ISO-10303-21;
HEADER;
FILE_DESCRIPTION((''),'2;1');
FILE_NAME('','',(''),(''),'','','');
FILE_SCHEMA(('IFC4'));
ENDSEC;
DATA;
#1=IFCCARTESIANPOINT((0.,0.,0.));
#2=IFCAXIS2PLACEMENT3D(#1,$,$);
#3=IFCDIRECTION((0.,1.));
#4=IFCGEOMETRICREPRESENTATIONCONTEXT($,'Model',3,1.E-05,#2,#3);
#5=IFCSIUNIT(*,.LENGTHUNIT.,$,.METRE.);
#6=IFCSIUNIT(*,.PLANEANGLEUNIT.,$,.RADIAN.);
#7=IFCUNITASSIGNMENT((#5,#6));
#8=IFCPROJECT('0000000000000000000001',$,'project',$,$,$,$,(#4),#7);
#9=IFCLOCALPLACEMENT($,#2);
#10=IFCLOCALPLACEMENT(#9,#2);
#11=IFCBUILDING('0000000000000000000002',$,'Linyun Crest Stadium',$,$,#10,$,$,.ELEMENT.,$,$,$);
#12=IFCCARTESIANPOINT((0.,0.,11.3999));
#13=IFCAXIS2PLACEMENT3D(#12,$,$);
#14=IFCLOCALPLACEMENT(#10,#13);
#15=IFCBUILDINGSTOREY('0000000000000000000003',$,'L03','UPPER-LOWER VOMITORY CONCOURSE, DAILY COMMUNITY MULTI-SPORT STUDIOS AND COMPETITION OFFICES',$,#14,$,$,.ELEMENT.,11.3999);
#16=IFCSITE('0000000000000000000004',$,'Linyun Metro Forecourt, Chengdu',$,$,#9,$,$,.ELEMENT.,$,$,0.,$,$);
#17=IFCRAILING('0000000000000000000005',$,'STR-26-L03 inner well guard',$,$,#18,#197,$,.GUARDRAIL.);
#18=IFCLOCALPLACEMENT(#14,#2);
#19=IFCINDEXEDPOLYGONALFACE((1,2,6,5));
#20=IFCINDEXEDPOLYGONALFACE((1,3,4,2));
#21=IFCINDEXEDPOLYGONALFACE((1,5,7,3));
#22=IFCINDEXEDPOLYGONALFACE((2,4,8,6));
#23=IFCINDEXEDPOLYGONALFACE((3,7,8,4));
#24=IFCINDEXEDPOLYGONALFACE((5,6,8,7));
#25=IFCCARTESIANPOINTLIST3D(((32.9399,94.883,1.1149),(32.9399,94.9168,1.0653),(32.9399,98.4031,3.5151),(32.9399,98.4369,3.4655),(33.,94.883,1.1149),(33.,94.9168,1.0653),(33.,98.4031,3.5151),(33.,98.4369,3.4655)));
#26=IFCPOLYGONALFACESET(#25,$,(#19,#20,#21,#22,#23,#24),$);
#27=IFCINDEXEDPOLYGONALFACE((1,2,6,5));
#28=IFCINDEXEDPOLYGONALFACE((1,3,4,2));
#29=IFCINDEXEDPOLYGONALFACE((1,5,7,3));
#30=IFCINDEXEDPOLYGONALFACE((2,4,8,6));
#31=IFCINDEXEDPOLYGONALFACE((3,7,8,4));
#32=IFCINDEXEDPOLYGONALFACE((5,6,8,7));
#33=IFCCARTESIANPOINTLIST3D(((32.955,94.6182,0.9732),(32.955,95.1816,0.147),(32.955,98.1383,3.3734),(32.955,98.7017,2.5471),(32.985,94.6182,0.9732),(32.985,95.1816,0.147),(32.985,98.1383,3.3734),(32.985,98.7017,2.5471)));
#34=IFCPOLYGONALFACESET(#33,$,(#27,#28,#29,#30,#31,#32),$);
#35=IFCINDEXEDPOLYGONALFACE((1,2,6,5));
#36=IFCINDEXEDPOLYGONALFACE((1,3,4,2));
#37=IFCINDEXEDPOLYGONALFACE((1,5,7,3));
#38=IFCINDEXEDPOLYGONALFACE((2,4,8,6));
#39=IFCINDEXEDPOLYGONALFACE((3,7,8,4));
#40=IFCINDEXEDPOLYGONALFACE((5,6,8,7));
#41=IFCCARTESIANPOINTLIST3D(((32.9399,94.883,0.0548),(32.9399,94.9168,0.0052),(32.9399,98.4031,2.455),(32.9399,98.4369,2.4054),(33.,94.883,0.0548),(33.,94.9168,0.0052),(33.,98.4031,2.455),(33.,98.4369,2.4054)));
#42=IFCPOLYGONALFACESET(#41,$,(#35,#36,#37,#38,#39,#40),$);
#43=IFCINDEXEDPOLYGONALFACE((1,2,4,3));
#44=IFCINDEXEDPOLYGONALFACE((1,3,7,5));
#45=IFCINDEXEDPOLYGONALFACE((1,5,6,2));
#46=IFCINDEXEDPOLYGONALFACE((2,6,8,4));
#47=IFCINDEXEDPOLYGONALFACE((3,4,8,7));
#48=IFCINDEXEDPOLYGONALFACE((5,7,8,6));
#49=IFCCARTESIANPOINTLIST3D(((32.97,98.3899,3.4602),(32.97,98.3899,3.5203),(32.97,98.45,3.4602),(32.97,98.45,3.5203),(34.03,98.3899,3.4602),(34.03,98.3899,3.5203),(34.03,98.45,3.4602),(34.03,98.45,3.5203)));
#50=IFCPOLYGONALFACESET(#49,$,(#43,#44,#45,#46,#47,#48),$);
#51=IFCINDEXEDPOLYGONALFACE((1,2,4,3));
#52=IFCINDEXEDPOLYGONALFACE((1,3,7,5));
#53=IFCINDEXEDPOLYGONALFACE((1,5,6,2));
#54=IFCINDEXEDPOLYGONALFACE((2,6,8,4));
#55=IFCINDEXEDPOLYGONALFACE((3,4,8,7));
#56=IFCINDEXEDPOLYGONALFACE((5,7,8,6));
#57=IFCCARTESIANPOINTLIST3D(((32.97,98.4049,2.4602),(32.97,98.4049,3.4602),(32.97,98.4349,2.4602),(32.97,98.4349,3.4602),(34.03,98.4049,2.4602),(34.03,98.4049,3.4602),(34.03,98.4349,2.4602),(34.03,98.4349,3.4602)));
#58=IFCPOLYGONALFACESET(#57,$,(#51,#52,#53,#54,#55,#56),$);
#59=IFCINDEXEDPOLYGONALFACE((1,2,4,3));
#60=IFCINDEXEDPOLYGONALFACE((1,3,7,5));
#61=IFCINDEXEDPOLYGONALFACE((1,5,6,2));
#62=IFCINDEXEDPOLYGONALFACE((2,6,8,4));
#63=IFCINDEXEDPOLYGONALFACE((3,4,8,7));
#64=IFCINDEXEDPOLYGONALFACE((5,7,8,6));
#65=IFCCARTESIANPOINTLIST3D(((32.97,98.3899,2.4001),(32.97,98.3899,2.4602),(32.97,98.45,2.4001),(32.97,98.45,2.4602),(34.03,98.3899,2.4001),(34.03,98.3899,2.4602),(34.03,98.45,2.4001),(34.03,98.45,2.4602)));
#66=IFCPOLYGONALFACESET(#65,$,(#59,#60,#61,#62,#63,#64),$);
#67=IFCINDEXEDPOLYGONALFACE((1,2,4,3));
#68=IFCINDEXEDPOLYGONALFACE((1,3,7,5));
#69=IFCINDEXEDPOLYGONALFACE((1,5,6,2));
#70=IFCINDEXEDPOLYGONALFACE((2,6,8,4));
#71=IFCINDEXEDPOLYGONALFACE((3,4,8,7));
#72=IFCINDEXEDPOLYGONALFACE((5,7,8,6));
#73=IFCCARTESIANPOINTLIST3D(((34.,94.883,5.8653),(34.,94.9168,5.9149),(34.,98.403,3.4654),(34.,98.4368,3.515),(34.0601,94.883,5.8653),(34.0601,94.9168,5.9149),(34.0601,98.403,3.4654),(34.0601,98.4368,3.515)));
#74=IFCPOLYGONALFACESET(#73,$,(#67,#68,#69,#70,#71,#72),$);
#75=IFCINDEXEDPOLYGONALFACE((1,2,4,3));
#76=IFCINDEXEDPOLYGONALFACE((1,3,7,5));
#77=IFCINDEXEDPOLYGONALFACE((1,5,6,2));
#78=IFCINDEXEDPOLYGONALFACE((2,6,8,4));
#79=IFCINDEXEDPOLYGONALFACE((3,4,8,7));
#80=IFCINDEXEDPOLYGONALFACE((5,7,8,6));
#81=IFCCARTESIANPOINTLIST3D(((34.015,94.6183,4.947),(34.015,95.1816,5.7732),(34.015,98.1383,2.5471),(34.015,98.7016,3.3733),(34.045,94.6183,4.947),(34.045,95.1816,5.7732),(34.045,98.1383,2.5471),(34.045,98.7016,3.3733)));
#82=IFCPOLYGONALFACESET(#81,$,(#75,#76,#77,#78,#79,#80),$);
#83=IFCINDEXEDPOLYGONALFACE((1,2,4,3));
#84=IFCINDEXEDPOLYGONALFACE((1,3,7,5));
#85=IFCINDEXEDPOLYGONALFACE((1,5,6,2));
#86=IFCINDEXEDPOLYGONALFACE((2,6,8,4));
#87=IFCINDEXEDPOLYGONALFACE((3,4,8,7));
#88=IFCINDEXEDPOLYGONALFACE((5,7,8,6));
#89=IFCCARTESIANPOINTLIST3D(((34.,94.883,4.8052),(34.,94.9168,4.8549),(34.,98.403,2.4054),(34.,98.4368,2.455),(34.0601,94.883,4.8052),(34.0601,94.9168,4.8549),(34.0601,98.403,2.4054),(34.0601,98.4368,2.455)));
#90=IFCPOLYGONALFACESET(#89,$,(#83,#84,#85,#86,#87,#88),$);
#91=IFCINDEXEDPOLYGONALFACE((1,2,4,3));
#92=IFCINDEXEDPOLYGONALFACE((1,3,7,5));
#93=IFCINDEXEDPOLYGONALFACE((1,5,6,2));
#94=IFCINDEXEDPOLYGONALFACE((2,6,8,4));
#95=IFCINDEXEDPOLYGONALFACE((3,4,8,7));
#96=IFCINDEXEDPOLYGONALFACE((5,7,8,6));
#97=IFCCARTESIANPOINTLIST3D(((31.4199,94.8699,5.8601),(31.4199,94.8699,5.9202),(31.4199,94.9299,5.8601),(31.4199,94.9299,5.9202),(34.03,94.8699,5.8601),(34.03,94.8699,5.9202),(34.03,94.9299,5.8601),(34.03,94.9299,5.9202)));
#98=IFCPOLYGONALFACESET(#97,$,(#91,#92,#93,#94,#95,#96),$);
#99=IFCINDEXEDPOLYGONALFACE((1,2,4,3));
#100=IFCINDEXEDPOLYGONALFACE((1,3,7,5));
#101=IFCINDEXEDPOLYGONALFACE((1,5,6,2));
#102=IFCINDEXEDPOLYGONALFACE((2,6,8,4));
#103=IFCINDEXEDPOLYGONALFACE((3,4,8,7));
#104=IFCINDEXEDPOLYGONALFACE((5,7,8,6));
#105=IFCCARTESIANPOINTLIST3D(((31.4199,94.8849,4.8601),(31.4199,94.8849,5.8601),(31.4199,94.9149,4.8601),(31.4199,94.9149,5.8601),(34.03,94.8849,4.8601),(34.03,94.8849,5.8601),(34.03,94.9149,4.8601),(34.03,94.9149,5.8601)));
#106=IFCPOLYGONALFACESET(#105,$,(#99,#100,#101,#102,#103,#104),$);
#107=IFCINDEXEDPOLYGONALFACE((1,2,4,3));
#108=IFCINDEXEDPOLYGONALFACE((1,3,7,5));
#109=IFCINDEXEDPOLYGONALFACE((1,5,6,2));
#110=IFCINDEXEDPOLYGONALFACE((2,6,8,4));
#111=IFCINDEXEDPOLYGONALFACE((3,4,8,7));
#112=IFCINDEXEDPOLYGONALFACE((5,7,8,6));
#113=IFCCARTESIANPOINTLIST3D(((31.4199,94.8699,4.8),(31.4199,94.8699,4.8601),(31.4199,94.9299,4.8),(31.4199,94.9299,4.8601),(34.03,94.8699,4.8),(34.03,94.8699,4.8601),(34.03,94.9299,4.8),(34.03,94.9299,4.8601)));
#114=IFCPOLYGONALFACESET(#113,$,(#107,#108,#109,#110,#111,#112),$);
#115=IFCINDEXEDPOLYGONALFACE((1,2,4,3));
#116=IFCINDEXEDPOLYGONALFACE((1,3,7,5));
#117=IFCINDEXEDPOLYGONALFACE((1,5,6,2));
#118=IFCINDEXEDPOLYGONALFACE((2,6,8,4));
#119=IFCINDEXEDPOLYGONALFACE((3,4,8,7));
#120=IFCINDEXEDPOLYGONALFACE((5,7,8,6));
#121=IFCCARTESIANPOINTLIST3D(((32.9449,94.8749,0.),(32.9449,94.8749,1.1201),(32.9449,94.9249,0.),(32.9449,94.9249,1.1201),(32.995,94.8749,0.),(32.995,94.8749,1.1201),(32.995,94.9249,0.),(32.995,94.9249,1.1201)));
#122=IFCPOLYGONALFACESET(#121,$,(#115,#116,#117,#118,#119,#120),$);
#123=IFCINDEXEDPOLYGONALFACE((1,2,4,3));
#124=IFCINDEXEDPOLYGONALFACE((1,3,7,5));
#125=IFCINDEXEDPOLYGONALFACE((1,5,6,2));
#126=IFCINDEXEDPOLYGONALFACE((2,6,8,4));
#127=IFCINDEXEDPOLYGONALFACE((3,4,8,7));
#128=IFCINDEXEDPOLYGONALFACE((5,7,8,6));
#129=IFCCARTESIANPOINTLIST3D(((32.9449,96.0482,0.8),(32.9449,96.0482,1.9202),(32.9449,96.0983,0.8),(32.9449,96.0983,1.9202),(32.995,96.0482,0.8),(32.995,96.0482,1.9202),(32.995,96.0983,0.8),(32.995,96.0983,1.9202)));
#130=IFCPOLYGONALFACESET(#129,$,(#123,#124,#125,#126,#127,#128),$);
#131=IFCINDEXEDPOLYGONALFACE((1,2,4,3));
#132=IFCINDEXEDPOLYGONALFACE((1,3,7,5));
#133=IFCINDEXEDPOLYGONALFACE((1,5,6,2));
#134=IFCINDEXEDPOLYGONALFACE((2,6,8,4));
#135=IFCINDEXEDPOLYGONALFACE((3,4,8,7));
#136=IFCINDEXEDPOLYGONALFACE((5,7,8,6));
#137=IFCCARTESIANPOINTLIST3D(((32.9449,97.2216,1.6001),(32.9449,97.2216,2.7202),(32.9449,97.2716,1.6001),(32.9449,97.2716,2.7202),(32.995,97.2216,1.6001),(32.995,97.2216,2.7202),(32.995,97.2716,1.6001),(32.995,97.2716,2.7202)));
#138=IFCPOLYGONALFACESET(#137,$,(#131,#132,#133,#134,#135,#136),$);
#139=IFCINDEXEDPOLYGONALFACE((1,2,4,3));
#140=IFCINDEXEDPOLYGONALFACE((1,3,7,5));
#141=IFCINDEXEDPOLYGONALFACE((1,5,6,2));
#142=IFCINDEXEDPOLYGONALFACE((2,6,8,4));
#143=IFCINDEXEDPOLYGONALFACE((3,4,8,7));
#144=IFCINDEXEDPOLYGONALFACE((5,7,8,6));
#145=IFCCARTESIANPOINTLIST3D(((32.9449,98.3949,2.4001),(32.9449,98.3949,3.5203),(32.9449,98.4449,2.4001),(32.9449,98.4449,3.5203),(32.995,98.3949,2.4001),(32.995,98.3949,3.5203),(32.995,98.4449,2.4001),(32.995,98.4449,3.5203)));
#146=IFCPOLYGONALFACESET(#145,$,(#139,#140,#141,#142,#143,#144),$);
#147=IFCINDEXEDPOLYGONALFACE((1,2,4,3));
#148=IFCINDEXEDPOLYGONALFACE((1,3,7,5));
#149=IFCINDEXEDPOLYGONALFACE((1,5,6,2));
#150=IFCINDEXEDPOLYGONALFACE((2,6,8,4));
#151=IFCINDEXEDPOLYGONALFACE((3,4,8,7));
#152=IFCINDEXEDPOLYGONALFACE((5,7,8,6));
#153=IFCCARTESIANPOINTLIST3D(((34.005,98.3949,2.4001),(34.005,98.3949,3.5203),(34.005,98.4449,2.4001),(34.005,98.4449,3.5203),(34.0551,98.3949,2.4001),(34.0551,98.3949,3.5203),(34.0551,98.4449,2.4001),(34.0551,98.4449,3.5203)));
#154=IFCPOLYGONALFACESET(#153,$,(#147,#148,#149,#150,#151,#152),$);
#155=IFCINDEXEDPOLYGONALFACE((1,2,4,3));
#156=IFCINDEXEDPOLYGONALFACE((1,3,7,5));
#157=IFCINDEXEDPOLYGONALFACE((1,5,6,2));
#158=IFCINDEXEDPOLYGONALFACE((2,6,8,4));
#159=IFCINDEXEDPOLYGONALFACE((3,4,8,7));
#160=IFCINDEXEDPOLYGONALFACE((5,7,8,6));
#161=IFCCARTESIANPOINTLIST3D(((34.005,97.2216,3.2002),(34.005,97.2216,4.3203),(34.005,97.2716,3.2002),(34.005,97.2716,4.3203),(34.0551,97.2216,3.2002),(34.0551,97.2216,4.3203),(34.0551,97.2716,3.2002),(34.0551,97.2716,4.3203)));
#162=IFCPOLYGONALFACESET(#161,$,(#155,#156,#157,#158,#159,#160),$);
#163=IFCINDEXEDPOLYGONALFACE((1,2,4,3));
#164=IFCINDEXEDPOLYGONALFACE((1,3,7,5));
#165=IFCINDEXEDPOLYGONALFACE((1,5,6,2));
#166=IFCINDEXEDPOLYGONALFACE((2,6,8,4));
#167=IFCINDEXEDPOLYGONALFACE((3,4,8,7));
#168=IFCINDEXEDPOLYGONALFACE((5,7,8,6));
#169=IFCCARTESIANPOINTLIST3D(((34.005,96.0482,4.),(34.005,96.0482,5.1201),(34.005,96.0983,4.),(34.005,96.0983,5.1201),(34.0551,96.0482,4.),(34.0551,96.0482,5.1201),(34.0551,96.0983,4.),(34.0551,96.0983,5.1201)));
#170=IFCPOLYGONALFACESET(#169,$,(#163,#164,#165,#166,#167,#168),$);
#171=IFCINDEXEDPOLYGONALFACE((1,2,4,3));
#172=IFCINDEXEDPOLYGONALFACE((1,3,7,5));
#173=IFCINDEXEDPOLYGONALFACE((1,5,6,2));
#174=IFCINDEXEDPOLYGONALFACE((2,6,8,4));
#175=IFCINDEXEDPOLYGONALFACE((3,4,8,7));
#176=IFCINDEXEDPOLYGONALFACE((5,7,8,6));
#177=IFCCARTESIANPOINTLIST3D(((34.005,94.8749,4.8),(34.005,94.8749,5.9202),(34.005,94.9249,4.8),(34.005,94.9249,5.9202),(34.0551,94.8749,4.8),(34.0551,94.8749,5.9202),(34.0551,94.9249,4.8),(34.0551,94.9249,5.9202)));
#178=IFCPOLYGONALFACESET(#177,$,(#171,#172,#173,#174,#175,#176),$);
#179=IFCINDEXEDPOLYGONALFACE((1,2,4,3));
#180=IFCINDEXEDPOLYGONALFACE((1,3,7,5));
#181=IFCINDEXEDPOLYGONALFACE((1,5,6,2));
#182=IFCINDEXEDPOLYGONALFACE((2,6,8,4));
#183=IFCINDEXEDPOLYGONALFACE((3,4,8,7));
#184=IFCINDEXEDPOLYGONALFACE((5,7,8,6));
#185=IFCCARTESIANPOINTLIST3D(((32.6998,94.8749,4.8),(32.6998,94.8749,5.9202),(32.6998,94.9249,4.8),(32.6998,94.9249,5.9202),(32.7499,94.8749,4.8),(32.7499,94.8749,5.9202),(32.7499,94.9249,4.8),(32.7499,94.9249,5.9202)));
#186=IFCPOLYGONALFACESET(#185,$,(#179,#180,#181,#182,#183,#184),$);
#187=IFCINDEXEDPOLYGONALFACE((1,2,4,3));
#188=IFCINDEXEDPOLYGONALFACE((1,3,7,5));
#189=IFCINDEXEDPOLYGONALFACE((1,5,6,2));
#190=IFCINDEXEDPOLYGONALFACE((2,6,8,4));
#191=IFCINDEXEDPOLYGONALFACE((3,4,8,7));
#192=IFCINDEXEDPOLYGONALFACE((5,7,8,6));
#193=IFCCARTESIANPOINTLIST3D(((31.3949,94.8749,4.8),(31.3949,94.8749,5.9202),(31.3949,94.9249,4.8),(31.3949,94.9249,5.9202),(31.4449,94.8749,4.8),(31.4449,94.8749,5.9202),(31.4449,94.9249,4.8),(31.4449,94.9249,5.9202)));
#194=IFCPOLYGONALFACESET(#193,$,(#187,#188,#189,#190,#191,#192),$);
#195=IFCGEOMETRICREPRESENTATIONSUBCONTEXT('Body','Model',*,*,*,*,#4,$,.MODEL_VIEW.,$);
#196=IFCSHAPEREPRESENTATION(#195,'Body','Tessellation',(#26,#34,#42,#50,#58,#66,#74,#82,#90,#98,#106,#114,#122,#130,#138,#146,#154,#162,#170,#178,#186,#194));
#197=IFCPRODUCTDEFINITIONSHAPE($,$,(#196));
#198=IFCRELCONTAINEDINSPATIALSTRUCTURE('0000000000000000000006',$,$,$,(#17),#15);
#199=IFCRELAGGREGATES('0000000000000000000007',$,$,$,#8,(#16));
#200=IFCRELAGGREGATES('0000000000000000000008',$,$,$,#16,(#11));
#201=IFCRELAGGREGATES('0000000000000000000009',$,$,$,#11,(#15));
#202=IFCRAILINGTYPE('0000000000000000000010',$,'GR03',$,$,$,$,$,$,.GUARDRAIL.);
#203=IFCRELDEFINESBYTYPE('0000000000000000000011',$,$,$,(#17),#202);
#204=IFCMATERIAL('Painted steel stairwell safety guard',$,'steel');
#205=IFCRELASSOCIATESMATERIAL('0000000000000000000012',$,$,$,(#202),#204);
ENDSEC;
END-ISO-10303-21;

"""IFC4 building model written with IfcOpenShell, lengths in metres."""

from ifc_helpers import new_model, si_unit, direction, frame, origin, origin_2d, place, context, subcontext, project, spatial, rectangle, extrude, material, type_object, element, save


model = new_model("IFC4")

# Units and contexts
model_context = context("Model", 3, precision=1e-05, world=origin(), true_north=direction((0.0, 1.0)))
body_context = subcontext(model_context, "Body", "Model", "MODEL_VIEW")
ifc_project = project(units=[si_unit("LENGTHUNIT", "METRE"), si_unit("PLANEANGLEUNIT", "RADIAN")], contexts=[model_context])

# Site, building, storey
site_placement = place(None, origin())
site = spatial("IfcSite", under=ifc_project, at=site_placement, Name="Linyun Metro Forecourt, Chengdu", CompositionType="ELEMENT", RefElevation=0.0)
building_placement = place(site_placement, origin())
building = spatial("IfcBuilding", under=site, at=building_placement, Name="Linyun Crest Stadium", CompositionType="ELEMENT")
storey_placement = place(building_placement, frame((0.0, 0.0, 11.3999)))
storey = spatial("IfcBuildingStorey", under=building, at=storey_placement, Name="L03", Description="UPPER-LOWER VOMITORY CONCOURSE, DAILY COMMUNITY MULTI-SPORT STUDIOS AND COMPETITION OFFICES", CompositionType="ELEMENT", Elevation=11.3999)

# Railing
ifc_material_1 = material(Name="Painted steel stairwell safety guard", Category="steel")
railing_type_1 = type_object("IfcRailingType", Name="GR03", PredefinedType="GUARDRAIL", material=ifc_material_1)
railing_1_placement = place(storey_placement, frame((32.97, 94.8999, 0.0)))
element("IfcRailing", 1, at=railing_1_placement, inside=storey, type_object=railing_type_1, Name="STR-26-L03 inner well guard", PredefinedType="GUARDRAIL", context=body_context, shape_type="SweptSolid", body=[
    extrude(rectangle(XDim=0.0601, YDim=0.0601, at=origin_2d()), frame((0.0, 0.0, 1.0901), z_axis=(0.0, 0.826213, 0.563358), x_axis=(-1.0, 0.0, 0.0)), (0.0, 0.0, 1.0), 4.2605),
    extrude(rectangle(XDim=0.03, YDim=1.0, at=origin_2d()), frame((0.0, 0.0, 0.5601), z_axis=(0.0, 0.826213, 0.563358), x_axis=(-1.0, 0.0, 0.0)), (0.0, 0.0, 1.0), 4.2605),
    extrude(rectangle(XDim=0.0601, YDim=0.0601, at=origin_2d()), frame((0.0, 0.0, 0.03), z_axis=(0.0, 0.826213, 0.563358), x_axis=(-1.0, 0.0, 0.0)), (0.0, 0.0, 1.0), 4.2605),
    extrude(rectangle(XDim=0.0601, YDim=0.0601, at=origin_2d()), frame((0.0, 3.52, 3.4902), z_axis=(1.0, 0.0, 0.0), x_axis=(0.0, 1.0, 0.0)), (0.0, 0.0, 1.0), 1.0601),
    extrude(rectangle(XDim=0.03, YDim=1.0, at=origin_2d()), frame((0.0, 3.52, 2.9602), z_axis=(1.0, 0.0, 0.0), x_axis=(0.0, 1.0, 0.0)), (0.0, 0.0, 1.0), 1.0601),
    extrude(rectangle(XDim=0.0601, YDim=0.0601, at=origin_2d()), frame((0.0, 3.52, 2.4302), z_axis=(1.0, 0.0, 0.0), x_axis=(0.0, 1.0, 0.0)), (0.0, 0.0, 1.0), 1.0601),
    extrude(rectangle(XDim=0.0601, YDim=0.0601, at=origin_2d()), frame((1.0601, 3.52, 3.4902), z_axis=(0.0, -0.826239, 0.563319), x_axis=(1.0, 0.0, 0.0)), (0.0, 0.0, 1.0), 4.2603),
    extrude(rectangle(XDim=0.03, YDim=1.0, at=origin_2d()), frame((1.0601, 3.52, 2.9602), z_axis=(0.0, -0.826239, 0.563319), x_axis=(1.0, 0.0, 0.0)), (0.0, 0.0, 1.0), 4.2603),
    extrude(rectangle(XDim=0.0601, YDim=0.0601, at=origin_2d()), frame((1.0601, 3.52, 2.4302), z_axis=(0.0, -0.826239, 0.563319), x_axis=(1.0, 0.0, 0.0)), (0.0, 0.0, 1.0), 4.2603),
    extrude(rectangle(XDim=0.0601, YDim=0.0601, at=origin_2d()), frame((1.0601, 0.0, 5.8901), z_axis=(-1.0, 0.0, 0.0), x_axis=(0.0, -1.0, 0.0)), (0.0, 0.0, 1.0), 2.6101),
    extrude(rectangle(XDim=0.03, YDim=1.0, at=origin_2d()), frame((1.0601, 0.0, 5.3601), z_axis=(-1.0, 0.0, 0.0), x_axis=(0.0, -1.0, 0.0)), (0.0, 0.0, 1.0), 2.6101),
    extrude(rectangle(XDim=0.0601, YDim=0.0601, at=origin_2d()), frame((1.0601, 0.0, 4.8301), z_axis=(-1.0, 0.0, 0.0), x_axis=(0.0, -1.0, 0.0)), (0.0, 0.0, 1.0), 2.6101),
    extrude(rectangle(XDim=0.05, YDim=0.05, at=origin_2d()), origin(), (0.0, 0.0, 1.0), 1.1201),
    extrude(rectangle(XDim=0.05, YDim=0.05, at=origin_2d()), frame((0.0, 1.1733, 0.8)), (0.0, 0.0, 1.0), 1.1201),
    extrude(rectangle(XDim=0.05, YDim=0.05, at=origin_2d()), frame((0.0, 2.3467, 1.6001)), (0.0, 0.0, 1.0), 1.1201),
    extrude(rectangle(XDim=0.05, YDim=0.05, at=origin_2d()), frame((0.0, 3.52, 2.4001)), (0.0, 0.0, 1.0), 1.1201),
    extrude(rectangle(XDim=0.05, YDim=0.05, at=origin_2d()), frame((1.0601, 3.52, 2.4001)), (0.0, 0.0, 1.0), 1.1201),
    extrude(rectangle(XDim=0.05, YDim=0.05, at=origin_2d()), frame((1.0601, 2.3467, 3.2002)), (0.0, 0.0, 1.0), 1.1201),
    extrude(rectangle(XDim=0.05, YDim=0.05, at=origin_2d()), frame((1.0601, 1.1733, 4.0)), (0.0, 0.0, 1.0), 1.1201),
    extrude(rectangle(XDim=0.05, YDim=0.05, at=origin_2d()), frame((1.0601, 0.0, 4.8)), (0.0, 0.0, 1.0), 1.1201),
    extrude(rectangle(XDim=0.05, YDim=0.05, at=origin_2d()), frame((-0.2451, 0.0, 4.8)), (0.0, 0.0, 1.0), 1.1201),
    extrude(rectangle(XDim=0.05, YDim=0.05, at=origin_2d()), frame((-1.55, 0.0, 4.8)), (0.0, 0.0, 1.0), 1.1201),
])

save(model, "model.ifc")
